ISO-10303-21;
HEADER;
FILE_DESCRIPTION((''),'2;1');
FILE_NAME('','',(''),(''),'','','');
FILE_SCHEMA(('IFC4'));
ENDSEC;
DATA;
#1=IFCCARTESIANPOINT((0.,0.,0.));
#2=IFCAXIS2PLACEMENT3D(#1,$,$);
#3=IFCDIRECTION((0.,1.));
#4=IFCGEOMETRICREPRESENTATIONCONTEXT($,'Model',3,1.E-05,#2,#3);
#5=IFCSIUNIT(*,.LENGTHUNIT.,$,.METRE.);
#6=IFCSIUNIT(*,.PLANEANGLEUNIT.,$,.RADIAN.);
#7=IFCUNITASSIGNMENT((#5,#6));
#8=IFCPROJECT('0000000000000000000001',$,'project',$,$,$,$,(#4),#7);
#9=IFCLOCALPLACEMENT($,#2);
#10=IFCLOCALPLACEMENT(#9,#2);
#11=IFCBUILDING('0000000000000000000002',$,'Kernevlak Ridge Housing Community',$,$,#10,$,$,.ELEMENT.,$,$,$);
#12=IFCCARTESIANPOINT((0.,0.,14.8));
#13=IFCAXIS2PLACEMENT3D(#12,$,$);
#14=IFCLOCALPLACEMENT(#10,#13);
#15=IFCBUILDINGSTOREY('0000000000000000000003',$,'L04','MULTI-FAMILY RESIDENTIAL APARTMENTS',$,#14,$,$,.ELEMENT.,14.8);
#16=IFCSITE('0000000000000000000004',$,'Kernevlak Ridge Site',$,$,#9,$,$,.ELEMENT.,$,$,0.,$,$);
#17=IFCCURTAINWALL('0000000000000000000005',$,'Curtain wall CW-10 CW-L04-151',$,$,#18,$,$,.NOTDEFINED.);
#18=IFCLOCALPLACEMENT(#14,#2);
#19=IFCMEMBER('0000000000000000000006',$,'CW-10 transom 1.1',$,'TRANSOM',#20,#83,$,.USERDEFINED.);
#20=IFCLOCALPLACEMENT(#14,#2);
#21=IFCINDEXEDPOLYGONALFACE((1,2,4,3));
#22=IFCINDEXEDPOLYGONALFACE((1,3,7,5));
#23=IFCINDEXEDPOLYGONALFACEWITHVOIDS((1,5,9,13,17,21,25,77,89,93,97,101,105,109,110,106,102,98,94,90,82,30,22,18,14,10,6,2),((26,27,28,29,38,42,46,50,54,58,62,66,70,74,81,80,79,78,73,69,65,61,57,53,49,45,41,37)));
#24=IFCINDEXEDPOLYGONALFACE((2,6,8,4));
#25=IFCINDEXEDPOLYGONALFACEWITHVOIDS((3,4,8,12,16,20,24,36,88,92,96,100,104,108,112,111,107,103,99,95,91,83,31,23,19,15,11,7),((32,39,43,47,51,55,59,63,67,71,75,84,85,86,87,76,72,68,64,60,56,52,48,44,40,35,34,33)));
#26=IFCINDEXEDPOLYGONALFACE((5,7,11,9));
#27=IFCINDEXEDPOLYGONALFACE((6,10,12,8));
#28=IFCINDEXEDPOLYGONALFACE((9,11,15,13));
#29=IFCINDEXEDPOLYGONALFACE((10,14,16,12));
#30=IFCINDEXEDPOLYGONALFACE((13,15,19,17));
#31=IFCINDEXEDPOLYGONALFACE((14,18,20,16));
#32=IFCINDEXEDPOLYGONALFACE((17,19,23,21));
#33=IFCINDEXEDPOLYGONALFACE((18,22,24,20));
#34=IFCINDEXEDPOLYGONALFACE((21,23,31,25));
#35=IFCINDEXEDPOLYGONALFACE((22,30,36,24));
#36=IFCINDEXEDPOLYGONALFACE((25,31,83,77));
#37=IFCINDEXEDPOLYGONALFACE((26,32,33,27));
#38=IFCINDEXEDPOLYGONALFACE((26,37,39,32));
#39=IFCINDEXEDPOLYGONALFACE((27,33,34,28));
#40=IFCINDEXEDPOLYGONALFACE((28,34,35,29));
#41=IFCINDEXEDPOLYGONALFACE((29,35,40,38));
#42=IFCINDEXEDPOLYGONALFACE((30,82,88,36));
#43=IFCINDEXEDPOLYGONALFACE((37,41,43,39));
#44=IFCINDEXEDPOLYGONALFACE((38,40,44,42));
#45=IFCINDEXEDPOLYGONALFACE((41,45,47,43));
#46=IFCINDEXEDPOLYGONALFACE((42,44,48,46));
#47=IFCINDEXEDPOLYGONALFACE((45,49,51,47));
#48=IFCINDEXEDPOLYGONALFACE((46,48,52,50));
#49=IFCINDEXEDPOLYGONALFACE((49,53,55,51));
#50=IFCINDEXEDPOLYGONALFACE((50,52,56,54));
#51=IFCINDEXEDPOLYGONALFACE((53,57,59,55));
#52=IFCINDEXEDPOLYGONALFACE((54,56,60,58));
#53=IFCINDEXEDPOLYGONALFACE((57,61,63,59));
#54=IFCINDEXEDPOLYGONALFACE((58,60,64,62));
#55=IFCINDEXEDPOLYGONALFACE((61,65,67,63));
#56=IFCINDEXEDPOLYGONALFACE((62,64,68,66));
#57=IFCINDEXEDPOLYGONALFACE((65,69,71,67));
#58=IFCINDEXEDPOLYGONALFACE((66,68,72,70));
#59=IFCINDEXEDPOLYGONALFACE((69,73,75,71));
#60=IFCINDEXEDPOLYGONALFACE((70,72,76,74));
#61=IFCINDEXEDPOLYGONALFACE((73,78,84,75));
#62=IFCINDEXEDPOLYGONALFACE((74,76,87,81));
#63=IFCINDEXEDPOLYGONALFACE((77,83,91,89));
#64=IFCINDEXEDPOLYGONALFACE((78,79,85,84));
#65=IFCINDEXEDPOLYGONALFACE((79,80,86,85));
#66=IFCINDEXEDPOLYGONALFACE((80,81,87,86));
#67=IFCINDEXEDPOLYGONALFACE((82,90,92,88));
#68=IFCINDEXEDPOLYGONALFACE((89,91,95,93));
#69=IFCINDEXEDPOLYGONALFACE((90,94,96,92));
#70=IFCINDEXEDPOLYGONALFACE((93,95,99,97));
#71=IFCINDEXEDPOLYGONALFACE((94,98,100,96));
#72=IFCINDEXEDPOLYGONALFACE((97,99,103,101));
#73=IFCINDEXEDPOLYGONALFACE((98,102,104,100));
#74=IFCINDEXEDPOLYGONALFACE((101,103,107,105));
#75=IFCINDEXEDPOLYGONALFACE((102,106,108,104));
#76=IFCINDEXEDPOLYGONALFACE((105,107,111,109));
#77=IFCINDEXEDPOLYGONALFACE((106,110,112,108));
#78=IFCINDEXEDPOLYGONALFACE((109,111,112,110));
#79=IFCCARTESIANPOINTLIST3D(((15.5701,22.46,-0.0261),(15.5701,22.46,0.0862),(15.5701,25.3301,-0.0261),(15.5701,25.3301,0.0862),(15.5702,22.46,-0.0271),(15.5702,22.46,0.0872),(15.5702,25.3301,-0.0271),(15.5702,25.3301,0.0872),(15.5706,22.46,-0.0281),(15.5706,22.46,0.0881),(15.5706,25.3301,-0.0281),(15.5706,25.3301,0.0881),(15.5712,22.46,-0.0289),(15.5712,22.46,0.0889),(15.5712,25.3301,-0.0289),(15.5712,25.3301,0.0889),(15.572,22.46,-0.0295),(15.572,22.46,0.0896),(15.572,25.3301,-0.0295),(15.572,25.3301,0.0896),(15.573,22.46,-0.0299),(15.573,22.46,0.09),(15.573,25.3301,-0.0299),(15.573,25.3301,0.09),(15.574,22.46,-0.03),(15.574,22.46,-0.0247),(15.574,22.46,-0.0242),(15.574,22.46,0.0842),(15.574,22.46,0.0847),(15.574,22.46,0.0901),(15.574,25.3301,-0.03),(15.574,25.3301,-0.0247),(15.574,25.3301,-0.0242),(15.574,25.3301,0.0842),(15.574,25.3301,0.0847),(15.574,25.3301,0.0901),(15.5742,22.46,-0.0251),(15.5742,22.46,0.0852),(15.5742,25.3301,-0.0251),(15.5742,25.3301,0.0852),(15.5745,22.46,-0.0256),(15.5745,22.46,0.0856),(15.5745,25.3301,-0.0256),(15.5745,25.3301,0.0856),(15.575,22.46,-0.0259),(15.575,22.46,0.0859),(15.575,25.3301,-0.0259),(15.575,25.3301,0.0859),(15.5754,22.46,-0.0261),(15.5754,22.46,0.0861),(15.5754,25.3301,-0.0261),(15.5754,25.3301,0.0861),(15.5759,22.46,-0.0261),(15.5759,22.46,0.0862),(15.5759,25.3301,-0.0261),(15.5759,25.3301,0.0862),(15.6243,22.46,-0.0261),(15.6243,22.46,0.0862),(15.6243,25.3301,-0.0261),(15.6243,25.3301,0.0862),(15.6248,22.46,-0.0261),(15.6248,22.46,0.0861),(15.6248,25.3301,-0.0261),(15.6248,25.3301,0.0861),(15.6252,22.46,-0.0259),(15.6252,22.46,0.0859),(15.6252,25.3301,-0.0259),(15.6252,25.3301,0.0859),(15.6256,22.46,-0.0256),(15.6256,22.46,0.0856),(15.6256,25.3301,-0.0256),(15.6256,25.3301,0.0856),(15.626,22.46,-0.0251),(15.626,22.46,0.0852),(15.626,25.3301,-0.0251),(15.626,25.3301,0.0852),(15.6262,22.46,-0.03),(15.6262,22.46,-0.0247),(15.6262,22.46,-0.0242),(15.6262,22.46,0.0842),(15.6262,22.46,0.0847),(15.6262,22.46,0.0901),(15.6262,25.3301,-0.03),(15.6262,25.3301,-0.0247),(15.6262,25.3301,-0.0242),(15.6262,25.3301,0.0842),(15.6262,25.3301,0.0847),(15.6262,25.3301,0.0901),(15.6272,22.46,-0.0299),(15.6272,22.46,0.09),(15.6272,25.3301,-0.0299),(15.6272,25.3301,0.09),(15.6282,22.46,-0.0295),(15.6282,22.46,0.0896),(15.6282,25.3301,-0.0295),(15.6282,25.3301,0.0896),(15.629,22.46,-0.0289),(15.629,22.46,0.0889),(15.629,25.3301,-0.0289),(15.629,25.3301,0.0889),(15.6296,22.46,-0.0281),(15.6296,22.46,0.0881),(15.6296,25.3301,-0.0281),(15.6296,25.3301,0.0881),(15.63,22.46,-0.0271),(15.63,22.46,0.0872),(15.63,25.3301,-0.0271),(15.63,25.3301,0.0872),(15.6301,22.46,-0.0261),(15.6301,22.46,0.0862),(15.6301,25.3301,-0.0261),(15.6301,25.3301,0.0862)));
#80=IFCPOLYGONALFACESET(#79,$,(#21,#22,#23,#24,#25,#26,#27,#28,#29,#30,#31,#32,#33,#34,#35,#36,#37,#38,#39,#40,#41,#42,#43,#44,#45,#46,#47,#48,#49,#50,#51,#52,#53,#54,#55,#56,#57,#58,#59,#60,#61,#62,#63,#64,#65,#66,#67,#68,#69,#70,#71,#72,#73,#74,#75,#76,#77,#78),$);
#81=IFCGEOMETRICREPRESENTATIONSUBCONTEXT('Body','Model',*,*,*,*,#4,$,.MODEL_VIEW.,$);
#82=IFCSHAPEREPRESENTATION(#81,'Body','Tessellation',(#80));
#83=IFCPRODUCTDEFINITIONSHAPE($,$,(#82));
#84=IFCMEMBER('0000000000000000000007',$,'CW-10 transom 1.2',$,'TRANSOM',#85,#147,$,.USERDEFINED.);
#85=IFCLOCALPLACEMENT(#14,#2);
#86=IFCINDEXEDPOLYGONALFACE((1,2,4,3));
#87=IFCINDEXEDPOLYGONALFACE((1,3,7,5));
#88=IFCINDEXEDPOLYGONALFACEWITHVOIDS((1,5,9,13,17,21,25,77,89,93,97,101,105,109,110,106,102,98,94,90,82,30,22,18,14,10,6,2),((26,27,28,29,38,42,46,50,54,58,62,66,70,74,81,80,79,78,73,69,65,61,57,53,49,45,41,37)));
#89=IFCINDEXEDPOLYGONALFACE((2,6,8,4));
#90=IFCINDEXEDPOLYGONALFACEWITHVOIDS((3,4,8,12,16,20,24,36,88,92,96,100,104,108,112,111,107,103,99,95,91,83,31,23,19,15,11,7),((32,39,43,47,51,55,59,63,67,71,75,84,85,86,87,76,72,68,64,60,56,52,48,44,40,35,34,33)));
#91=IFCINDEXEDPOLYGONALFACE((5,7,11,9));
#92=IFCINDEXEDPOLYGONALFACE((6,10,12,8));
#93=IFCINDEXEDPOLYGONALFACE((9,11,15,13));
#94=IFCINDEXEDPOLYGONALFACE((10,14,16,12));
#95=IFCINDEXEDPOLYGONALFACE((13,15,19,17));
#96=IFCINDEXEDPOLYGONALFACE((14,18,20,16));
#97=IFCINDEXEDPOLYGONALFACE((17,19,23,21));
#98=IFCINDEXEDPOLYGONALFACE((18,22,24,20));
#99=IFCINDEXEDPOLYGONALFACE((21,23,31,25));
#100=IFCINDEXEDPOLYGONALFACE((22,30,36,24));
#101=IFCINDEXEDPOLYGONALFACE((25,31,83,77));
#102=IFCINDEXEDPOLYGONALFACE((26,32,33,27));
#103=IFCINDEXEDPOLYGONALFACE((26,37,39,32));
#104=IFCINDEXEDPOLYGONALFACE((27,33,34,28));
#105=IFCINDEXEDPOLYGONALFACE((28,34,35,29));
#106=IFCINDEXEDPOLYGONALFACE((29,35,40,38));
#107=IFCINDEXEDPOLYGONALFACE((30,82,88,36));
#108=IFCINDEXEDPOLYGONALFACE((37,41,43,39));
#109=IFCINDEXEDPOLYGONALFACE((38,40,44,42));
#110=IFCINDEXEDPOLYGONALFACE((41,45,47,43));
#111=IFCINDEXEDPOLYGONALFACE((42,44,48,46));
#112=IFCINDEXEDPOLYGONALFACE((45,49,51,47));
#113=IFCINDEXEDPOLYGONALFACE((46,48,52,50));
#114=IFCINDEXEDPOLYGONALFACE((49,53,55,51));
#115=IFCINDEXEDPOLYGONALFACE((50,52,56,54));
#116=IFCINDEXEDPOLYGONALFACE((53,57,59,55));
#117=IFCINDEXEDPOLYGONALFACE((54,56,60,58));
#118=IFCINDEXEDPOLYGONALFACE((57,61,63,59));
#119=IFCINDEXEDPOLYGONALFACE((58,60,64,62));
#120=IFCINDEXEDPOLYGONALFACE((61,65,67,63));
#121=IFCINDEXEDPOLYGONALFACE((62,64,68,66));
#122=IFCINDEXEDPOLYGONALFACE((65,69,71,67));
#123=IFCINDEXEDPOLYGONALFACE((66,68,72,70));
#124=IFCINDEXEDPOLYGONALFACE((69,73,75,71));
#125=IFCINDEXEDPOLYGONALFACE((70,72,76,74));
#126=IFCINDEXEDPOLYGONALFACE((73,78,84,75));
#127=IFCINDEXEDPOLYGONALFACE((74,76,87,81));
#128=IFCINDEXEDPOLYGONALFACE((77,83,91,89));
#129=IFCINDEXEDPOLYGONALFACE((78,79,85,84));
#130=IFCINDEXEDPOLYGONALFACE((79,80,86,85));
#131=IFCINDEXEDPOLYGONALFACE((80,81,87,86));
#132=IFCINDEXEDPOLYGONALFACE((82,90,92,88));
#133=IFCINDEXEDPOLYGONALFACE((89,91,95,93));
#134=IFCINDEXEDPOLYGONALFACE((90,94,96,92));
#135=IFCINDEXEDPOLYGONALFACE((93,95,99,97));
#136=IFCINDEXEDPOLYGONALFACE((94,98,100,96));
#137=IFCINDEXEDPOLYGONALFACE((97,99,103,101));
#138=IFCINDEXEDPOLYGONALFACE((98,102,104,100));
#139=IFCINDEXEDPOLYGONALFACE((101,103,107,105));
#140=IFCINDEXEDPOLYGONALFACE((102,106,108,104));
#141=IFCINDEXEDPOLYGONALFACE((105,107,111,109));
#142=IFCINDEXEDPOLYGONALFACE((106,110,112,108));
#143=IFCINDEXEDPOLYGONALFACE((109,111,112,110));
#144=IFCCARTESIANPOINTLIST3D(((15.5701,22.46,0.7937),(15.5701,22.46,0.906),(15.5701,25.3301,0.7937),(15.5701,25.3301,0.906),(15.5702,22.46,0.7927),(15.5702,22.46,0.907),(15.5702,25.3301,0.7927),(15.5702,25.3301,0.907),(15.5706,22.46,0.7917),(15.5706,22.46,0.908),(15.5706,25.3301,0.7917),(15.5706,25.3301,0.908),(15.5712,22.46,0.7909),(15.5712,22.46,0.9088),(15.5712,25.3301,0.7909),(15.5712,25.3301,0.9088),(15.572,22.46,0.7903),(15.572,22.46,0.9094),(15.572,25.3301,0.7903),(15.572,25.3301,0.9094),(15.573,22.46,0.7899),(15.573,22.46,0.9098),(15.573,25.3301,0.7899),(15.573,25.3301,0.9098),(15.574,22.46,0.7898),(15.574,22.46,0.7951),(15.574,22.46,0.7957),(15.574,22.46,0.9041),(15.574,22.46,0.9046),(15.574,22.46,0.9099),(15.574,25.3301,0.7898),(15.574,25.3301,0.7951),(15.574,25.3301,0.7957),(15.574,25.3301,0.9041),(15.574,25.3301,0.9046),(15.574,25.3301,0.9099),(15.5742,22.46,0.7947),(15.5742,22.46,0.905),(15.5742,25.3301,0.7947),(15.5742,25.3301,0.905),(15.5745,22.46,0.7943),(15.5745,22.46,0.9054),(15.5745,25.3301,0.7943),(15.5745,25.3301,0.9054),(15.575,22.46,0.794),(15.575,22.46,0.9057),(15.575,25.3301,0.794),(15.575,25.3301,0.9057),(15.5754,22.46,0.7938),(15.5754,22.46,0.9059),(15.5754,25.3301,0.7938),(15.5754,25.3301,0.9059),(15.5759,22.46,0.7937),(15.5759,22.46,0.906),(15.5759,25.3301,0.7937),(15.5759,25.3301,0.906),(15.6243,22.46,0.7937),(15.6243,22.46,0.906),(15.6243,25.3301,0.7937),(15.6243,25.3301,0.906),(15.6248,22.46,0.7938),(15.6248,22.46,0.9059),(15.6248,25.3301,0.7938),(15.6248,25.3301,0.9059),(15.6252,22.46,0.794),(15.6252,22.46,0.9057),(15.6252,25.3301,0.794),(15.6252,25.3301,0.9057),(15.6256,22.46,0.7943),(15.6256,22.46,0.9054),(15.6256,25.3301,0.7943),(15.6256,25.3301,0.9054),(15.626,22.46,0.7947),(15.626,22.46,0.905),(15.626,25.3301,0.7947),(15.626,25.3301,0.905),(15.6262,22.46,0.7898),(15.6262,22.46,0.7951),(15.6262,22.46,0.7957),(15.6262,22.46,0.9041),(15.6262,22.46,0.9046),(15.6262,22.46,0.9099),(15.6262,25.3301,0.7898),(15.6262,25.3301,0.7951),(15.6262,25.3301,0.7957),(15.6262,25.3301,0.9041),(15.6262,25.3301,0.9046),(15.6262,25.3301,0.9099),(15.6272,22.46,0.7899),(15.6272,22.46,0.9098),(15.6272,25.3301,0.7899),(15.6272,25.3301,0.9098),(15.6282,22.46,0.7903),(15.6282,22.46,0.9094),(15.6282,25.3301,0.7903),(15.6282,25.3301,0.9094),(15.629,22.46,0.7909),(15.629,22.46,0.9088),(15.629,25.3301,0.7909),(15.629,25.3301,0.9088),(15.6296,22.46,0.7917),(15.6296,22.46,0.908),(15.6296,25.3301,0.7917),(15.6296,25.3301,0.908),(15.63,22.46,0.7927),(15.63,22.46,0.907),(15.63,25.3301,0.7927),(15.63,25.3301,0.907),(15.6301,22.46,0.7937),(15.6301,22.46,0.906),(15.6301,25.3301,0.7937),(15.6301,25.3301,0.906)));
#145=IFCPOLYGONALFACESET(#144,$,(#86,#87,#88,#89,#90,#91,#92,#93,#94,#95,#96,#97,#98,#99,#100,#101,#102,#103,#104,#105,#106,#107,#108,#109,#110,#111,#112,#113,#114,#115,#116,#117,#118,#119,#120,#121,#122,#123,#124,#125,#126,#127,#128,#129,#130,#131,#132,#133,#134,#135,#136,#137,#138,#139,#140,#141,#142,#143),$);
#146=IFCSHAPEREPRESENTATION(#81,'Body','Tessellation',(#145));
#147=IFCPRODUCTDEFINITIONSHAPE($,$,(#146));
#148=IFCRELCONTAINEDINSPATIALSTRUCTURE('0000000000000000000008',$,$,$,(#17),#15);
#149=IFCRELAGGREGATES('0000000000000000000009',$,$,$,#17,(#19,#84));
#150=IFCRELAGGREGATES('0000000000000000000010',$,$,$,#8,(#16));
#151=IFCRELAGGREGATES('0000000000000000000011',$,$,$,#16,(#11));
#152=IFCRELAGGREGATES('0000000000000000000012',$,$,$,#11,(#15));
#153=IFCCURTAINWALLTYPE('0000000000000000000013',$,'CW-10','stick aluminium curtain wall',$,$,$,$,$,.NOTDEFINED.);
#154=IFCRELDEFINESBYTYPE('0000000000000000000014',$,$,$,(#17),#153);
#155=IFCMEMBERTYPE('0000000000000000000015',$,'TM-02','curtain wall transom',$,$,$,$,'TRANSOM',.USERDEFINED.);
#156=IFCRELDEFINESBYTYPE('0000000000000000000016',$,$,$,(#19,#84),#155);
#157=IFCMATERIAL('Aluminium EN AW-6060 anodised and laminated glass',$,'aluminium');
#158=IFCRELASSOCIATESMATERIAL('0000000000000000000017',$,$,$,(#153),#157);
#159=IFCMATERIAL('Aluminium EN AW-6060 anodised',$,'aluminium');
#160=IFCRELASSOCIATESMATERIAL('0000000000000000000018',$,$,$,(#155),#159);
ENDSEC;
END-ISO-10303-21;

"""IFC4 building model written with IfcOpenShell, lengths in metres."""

from ifc_helpers import new_model, si_unit, direction, frame, origin, origin_2d, place, context, subcontext, project, spatial, hollow_rectangle, extrude, material, material_profile, profile_set, type_object, element, aggregate, save


model = new_model("IFC4")

# Units and contexts
model_context = context("Model", 3, precision=1e-05, world=origin(), true_north=direction((0.0, 1.0)))
body_context = subcontext(model_context, "Body", "Model", "MODEL_VIEW")
ifc_project = project(units=[si_unit("LENGTHUNIT", "METRE"), si_unit("PLANEANGLEUNIT", "RADIAN")], contexts=[model_context])

# Site, building, storey
site_placement = place(None, origin())
site = spatial("IfcSite", under=ifc_project, at=site_placement, Name="Kernevlak Ridge Site", CompositionType="ELEMENT", RefElevation=0.0)
building_placement = place(site_placement, origin())
building = spatial("IfcBuilding", under=site, at=building_placement, Name="Kernevlak Ridge Housing Community", CompositionType="ELEMENT")
storey_placement = place(building_placement, frame((0.0, 0.0, 14.8)))
storey = spatial("IfcBuildingStorey", under=building, at=storey_placement, Name="L04", Description="MULTI-FAMILY RESIDENTIAL APARTMENTS", CompositionType="ELEMENT", Elevation=14.8)

# Curtain wall
ifc_material_1 = material(Name="Aluminium EN AW-6060 anodised and laminated glass", Category="aluminium")
curtain_wall_type = type_object("IfcCurtainWallType", Name="CW-10", Description="stick aluminium curtain wall", PredefinedType="NOTDEFINED", material=ifc_material_1)
curtain_wall_placement = place(storey_placement, origin())
curtain_wall = element("IfcCurtainWall", 1, at=curtain_wall_placement, inside=storey, type_object=curtain_wall_type, Name="Curtain wall CW-10 CW-L04-151", PredefinedType="NOTDEFINED")
ifc_material_2 = material(Name="Aluminium EN AW-6060 anodised", Category="aluminium")

# Members
ifc_material_profile_1 = material_profile(ifc_material_2, hollow_rectangle(XDim=0.0601, YDim=0.1201, WallThickness=0.0039, InnerFilletRadius=0.002, OuterFilletRadius=0.0039, at=origin_2d()), Name="ALU 60x120x4")
ifc_profile_set_1 = profile_set([ifc_material_profile_1], Name="Aluminium EN AW-6060 anodised")
member_type_1 = type_object("IfcMemberType", Name="TM-02", Description="curtain wall transom", ElementType="TRANSOM", PredefinedType="USERDEFINED", material=ifc_profile_set_1)
member_1_placement = place(storey_placement, frame((15.6001, 22.46, 0.03), z_axis=(0.0, 1.0, 0.0), x_axis=(-1.0, 0.0, 0.0)))
member_1 = element("IfcMember", 2, at=member_1_placement, type_object=member_type_1, Name="CW-10 transom 1.1", ObjectType="TRANSOM", PredefinedType="USERDEFINED", context=body_context, shape_type="SweptSolid", body=[
    extrude(hollow_rectangle(XDim=0.0601, YDim=0.1201, WallThickness=0.0039, InnerFilletRadius=0.002, OuterFilletRadius=0.0039, at=origin_2d()), origin(), (0.0, 0.0, 1.0), 2.8701),
])
member_2_placement = place(storey_placement, frame((15.6001, 22.46, 0.8499), z_axis=(0.0, 1.0, 0.0), x_axis=(-1.0, 0.0, 0.0)))
member_2 = element("IfcMember", 3, at=member_2_placement, type_object=member_type_1, Name="CW-10 transom 1.2", ObjectType="TRANSOM", PredefinedType="USERDEFINED", context=body_context, shape_type="SweptSolid", body=[
    extrude(hollow_rectangle(XDim=0.0601, YDim=0.1201, WallThickness=0.0039, InnerFilletRadius=0.002, OuterFilletRadius=0.0039, at=origin_2d()), origin(), (0.0, 0.0, 1.0), 2.8701),
])
aggregate(curtain_wall, [member_1, member_2])

save(model, "model.ifc")
